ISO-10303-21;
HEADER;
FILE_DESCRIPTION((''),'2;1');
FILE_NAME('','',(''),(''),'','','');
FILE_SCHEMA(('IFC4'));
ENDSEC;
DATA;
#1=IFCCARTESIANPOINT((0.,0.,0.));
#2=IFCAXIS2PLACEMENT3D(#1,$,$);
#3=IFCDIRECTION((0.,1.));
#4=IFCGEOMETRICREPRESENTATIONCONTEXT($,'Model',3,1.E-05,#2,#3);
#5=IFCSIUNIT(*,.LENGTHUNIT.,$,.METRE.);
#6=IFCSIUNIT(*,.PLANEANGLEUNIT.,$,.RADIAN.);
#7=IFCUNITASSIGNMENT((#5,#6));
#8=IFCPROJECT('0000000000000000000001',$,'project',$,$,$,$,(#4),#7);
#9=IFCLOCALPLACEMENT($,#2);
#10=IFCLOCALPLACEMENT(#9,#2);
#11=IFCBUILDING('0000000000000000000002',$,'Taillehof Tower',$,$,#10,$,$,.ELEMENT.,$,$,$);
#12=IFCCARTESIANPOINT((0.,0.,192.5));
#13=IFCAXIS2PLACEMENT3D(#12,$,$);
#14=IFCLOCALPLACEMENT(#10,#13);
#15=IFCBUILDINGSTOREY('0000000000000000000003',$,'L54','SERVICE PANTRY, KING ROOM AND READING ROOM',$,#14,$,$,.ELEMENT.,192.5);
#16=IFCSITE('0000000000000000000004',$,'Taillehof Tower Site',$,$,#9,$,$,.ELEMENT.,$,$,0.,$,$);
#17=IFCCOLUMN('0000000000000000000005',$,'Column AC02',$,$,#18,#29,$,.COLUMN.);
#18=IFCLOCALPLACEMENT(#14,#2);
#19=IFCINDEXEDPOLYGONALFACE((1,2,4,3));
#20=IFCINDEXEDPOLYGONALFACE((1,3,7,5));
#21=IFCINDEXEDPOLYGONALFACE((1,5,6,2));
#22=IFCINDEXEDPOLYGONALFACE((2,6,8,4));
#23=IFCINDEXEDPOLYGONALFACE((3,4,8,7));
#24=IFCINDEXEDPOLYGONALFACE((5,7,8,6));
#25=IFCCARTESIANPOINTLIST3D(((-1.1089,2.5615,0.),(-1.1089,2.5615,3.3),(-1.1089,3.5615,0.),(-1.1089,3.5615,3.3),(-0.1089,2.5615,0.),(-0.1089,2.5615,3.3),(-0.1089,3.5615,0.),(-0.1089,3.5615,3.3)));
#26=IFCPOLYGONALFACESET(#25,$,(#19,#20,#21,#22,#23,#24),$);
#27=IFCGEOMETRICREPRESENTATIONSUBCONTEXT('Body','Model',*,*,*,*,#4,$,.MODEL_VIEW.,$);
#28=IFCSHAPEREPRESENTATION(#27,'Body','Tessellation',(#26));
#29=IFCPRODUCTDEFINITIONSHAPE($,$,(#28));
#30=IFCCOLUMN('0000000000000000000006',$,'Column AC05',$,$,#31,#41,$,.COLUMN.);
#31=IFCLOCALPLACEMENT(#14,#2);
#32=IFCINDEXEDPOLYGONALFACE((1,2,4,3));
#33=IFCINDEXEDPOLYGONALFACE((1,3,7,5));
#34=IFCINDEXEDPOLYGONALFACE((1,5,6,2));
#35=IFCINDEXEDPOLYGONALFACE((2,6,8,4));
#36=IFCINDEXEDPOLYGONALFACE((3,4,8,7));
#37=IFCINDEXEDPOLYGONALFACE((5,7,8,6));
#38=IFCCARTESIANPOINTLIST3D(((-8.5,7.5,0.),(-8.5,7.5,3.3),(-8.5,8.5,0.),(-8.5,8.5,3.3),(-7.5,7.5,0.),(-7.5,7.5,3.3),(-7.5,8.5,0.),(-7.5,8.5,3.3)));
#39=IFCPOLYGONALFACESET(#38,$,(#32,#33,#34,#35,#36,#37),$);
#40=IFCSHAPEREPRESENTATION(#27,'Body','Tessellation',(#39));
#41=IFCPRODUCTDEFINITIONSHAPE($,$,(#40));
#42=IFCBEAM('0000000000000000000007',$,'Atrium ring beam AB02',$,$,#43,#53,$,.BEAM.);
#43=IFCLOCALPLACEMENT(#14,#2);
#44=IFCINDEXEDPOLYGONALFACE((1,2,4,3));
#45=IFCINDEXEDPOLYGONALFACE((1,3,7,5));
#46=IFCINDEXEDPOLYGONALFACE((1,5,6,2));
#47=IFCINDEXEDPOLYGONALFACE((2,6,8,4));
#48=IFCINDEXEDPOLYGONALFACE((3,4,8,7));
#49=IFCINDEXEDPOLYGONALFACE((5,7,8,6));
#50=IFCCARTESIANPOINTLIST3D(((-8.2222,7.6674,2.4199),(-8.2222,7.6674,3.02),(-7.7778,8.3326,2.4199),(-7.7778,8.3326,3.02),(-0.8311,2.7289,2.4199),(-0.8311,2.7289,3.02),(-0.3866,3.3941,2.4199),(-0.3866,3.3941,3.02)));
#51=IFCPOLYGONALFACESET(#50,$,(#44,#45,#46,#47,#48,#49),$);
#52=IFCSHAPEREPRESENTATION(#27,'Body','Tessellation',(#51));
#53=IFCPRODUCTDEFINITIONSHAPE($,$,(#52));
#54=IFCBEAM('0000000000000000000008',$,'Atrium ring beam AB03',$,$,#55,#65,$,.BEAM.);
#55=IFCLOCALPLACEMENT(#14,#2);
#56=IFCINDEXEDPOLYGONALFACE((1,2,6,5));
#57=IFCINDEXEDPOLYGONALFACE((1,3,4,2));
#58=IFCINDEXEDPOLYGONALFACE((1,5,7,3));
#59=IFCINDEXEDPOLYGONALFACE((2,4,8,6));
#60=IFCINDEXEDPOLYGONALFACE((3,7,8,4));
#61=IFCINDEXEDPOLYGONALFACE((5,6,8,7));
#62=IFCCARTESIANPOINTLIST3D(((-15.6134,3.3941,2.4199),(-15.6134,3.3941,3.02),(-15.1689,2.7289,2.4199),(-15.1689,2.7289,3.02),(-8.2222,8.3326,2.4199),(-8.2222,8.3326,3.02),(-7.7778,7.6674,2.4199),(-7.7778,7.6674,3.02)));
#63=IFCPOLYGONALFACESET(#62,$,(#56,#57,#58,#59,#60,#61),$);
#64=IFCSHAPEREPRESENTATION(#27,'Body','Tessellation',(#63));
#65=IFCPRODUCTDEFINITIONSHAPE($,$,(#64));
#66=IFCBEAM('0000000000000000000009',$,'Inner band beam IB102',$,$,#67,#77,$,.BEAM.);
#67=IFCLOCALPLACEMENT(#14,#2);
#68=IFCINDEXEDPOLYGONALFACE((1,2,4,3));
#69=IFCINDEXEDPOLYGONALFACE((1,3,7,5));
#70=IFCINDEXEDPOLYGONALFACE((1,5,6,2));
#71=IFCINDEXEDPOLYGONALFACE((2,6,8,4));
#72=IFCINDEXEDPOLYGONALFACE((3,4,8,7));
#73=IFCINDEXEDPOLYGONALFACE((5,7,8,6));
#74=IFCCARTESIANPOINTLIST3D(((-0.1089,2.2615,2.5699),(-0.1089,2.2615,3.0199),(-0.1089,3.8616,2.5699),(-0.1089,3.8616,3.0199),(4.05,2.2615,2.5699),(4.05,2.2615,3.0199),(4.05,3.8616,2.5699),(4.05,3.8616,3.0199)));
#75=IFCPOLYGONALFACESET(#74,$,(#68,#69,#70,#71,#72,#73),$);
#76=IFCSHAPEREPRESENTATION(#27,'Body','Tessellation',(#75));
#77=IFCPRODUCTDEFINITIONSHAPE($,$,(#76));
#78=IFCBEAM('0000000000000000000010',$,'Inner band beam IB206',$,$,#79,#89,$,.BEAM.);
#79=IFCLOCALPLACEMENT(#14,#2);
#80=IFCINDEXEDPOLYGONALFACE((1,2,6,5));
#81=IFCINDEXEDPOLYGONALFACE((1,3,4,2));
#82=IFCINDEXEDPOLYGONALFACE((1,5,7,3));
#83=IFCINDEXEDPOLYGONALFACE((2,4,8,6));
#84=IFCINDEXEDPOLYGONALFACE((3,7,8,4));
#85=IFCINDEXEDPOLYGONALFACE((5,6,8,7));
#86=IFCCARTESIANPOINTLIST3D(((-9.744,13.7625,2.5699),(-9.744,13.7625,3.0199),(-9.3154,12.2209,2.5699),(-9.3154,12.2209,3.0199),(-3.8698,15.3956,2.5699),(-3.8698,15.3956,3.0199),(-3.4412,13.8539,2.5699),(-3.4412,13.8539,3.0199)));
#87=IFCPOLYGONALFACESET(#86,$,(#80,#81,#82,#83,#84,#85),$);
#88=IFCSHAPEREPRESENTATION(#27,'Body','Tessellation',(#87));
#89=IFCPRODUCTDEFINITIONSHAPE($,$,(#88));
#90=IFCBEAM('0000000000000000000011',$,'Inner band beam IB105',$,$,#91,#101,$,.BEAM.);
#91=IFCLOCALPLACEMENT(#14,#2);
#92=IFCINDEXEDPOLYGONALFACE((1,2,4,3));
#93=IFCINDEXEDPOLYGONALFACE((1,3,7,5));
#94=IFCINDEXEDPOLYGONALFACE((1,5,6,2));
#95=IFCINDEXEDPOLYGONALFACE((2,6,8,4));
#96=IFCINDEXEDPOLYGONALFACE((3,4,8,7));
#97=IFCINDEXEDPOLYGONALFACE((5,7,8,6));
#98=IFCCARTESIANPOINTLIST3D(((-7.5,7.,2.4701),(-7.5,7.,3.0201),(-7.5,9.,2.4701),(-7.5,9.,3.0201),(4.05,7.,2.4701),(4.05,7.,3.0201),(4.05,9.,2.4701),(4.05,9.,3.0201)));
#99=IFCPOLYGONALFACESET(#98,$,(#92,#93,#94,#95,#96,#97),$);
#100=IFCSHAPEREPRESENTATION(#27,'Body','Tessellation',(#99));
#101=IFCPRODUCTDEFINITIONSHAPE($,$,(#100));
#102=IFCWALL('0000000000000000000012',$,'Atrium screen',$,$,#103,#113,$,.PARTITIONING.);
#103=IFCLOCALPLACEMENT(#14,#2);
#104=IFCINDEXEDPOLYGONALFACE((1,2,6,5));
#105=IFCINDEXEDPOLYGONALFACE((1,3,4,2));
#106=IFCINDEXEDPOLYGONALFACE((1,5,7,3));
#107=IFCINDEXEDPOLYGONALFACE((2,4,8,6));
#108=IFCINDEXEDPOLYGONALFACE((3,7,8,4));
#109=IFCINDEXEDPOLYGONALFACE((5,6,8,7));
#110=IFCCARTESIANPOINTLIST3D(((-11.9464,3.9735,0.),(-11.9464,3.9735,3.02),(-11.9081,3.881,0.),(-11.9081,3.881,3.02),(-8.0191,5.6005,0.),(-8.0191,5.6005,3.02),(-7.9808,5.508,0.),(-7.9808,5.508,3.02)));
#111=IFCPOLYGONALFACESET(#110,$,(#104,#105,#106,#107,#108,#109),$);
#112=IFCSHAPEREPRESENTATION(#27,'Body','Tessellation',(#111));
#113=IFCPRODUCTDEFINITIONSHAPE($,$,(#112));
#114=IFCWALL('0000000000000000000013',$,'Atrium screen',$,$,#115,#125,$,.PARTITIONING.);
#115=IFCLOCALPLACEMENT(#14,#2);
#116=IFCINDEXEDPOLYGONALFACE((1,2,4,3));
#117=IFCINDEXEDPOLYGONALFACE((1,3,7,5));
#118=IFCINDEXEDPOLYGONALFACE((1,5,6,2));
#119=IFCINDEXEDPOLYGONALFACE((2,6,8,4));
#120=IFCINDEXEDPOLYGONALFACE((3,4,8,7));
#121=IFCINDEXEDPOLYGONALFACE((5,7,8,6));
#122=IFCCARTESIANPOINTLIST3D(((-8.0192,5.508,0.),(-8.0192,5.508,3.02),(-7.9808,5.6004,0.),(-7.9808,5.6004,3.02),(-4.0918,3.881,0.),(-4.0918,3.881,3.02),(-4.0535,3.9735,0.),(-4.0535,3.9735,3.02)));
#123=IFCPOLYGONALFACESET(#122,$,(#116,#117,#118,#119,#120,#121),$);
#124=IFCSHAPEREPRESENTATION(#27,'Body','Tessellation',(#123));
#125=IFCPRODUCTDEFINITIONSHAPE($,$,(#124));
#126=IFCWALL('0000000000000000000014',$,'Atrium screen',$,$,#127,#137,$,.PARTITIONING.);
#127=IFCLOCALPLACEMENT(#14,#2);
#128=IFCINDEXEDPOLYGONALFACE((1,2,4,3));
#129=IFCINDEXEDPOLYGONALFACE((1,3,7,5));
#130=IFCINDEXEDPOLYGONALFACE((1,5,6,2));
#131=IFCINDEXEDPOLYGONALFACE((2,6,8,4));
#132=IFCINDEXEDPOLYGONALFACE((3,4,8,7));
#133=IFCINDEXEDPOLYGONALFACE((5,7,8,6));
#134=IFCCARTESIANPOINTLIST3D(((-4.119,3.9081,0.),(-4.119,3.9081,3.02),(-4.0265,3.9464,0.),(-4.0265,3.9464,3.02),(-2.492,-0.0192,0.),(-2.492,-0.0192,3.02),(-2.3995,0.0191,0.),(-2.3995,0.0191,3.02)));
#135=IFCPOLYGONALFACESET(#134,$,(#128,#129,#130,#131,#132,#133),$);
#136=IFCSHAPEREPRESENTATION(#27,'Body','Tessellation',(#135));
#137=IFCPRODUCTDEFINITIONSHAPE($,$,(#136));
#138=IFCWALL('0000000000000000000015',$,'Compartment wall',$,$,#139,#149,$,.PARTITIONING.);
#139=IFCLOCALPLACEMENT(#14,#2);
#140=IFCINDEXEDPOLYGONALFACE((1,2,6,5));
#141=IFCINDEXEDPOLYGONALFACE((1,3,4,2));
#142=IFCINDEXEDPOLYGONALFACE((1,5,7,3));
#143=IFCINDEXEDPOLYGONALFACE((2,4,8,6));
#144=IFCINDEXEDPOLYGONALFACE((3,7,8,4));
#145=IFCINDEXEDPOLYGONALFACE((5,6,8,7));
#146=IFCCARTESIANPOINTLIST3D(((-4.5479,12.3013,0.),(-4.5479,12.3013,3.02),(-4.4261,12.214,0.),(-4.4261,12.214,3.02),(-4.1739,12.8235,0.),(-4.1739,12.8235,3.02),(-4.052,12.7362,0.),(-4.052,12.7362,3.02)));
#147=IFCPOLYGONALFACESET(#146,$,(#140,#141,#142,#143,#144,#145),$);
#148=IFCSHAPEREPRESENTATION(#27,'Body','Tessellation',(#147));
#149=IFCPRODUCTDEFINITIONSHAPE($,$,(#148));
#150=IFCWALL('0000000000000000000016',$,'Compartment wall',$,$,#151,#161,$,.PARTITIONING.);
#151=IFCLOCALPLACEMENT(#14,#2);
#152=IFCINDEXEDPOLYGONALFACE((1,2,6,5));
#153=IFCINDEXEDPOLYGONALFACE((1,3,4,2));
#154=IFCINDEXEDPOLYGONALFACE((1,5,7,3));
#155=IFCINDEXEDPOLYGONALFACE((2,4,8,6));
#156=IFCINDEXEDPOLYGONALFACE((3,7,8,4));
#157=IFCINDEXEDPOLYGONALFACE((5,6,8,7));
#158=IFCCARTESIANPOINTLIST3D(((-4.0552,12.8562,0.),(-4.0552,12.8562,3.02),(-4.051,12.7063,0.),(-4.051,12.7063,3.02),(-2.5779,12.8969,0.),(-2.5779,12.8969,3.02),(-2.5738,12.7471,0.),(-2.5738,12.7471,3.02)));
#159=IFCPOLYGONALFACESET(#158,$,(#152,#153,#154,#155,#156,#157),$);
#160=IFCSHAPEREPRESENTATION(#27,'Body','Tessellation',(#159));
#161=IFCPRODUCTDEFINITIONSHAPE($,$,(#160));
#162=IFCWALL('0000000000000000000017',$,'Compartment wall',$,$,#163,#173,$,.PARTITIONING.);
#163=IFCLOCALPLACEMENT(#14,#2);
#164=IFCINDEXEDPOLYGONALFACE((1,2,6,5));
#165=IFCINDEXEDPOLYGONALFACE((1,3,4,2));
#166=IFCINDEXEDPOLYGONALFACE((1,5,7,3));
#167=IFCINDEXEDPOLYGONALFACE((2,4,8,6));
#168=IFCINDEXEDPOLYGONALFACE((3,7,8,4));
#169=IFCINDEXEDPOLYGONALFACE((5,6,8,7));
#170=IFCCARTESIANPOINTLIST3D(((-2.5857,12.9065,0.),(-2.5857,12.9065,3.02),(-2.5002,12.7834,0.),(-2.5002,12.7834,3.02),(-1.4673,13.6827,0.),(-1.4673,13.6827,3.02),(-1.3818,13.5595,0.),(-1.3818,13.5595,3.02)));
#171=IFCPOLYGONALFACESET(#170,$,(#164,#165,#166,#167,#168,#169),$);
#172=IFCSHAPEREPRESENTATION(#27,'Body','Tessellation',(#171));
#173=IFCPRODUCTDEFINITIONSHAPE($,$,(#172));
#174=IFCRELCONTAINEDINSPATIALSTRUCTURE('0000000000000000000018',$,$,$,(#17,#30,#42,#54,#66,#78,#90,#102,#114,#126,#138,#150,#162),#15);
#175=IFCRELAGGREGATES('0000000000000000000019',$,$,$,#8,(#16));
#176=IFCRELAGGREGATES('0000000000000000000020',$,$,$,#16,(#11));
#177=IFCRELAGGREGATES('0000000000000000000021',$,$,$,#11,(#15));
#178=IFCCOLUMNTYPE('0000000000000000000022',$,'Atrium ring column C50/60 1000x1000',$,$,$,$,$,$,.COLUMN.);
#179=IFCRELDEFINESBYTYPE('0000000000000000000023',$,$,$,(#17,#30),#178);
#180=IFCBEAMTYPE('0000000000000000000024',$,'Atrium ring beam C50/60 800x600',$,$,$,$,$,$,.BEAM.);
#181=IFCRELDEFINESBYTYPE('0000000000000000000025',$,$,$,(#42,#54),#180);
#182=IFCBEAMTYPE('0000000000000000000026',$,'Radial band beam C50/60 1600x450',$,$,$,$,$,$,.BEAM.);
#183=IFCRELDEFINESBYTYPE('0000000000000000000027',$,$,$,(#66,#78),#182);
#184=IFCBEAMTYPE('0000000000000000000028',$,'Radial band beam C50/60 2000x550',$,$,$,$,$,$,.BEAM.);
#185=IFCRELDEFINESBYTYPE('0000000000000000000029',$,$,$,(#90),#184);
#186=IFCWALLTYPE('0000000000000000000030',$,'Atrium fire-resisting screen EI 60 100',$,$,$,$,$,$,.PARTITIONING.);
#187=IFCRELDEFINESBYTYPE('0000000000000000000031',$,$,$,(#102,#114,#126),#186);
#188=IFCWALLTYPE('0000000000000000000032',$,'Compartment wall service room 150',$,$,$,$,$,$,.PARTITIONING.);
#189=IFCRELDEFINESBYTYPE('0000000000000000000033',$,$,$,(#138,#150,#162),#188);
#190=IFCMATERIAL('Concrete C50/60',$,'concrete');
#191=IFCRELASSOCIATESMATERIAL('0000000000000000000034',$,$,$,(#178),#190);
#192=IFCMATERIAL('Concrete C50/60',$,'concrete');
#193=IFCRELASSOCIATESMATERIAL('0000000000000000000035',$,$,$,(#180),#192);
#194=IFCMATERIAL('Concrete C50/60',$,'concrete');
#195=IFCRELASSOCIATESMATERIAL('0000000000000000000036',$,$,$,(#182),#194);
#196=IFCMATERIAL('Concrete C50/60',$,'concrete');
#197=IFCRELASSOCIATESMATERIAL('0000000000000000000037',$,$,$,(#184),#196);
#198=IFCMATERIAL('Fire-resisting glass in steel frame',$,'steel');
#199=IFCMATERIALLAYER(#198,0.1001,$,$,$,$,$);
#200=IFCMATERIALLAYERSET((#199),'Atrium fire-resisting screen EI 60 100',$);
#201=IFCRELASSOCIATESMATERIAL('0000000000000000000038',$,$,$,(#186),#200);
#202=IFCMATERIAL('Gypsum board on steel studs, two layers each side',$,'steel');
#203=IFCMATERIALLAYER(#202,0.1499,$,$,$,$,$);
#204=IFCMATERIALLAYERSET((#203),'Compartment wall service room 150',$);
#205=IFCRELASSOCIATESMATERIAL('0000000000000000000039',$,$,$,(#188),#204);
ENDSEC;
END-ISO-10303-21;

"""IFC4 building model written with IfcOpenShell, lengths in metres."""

from ifc_helpers import new_model, si_unit, direction, frame, frame_2d, origin, origin_2d, place, context, subcontext, project, spatial, rectangle, extrude, material, layer, layer_set, material_profile, profile_set, type_object, element, save


model = new_model("IFC4")

# Units and contexts
model_context = context("Model", 3, precision=1e-05, world=origin(), true_north=direction((0.0, 1.0)))
body_context = subcontext(model_context, "Body", "Model", "MODEL_VIEW")
ifc_project = project(units=[si_unit("LENGTHUNIT", "METRE"), si_unit("PLANEANGLEUNIT", "RADIAN")], contexts=[model_context])

# Site, building, storey
site_placement = place(None, origin())
site = spatial("IfcSite", under=ifc_project, at=site_placement, Name="Taillehof Tower Site", CompositionType="ELEMENT", RefElevation=0.0)
building_placement = place(site_placement, origin())
building = spatial("IfcBuilding", under=site, at=building_placement, Name="Taillehof Tower", CompositionType="ELEMENT")
storey_placement = place(building_placement, frame((0.0, 0.0, 192.5)))
storey = spatial("IfcBuildingStorey", under=building, at=storey_placement, Name="L54", Description="SERVICE PANTRY, KING ROOM AND READING ROOM", CompositionType="ELEMENT", Elevation=192.5)

# Columns
ifc_material_1 = material(Name="Concrete C50/60", Category="concrete")
ifc_material_profile_1 = material_profile(ifc_material_1, rectangle(XDim=1.0, YDim=1.0, at=origin_2d()), Name="RC 1000x1000")
ifc_profile_set_1 = profile_set([ifc_material_profile_1], Name="Concrete C50/60")
column_type = type_object("IfcColumnType", Name="Atrium ring column C50/60 1000x1000", PredefinedType="COLUMN", material=ifc_profile_set_1)
for number, where, z_axis, x_axis, name in (
    (1, (-0.6089, 3.0615, 0.0), (0.0, 0.0, 1.0), (1.0, 0.0, 0.0), "Column AC02"),
    (2, (-8.0, 8.0, 0.0), (0.0, 0.0, 1.0), (1.0, 0.0, 0.0), "Column AC05"),
):
    element("IfcColumn", number, at=place(storey_placement, frame(where, z_axis=z_axis, x_axis=x_axis)), inside=storey, type_object=column_type, Name=name, PredefinedType="COLUMN", context=body_context, shape_type="SweptSolid", body=[
        extrude(rectangle(XDim=1.0, YDim=1.0, at=origin_2d()), origin(), (0.0, 0.0, 1.0), 3.3),
    ])

# Beams
ifc_material_2 = material(Name="Concrete C50/60", Category="concrete")
ifc_material_profile_2 = material_profile(ifc_material_2, rectangle(XDim=0.8, YDim=0.6001, at=origin_2d()), Name="RC 800x600")
ifc_profile_set_2 = profile_set([ifc_material_profile_2], Name="Concrete C50/60")
beam_type_1 = type_object("IfcBeamType", Name="Atrium ring beam C50/60 800x600", PredefinedType="BEAM", material=ifc_profile_set_2)
for number, where, z_axis, x_axis, name in (
    (3, (-0.6089, 3.0615, 2.72), (-0.831475, 0.555562, 0.0), (-0.555562, -0.831475, 0.0), "Atrium ring beam AB02"),
    (4, (-8.0, 8.0, 2.72), (-0.831475, -0.555562, 0.0), (0.555562, -0.831475, 0.0), "Atrium ring beam AB03"),
):
    element("IfcBeam", number, at=place(storey_placement, frame(where, z_axis=z_axis, x_axis=x_axis)), inside=storey, type_object=beam_type_1, Name=name, PredefinedType="BEAM", context=body_context, shape_type="SweptSolid", body=[
        extrude(rectangle(XDim=0.8, YDim=0.6001, at=origin_2d()), origin(), (0.0, 0.0, 1.0), 8.8892),
    ])
ifc_material_3 = material(Name="Concrete C50/60", Category="concrete")
ifc_material_profile_3 = material_profile(ifc_material_3, rectangle(XDim=1.6001, YDim=0.45, at=origin_2d()), Name="RC 1600x450")
ifc_profile_set_3 = profile_set([ifc_material_profile_3], Name="Concrete C50/60")
beam_type_2 = type_object("IfcBeamType", Name="Radial band beam C50/60 1600x450", PredefinedType="BEAM", material=ifc_profile_set_3)
beam_1_placement = place(storey_placement, frame((-0.1089, 3.0615, 2.7949), z_axis=(1.0, 0.0, 0.0), x_axis=(0.0, 1.0, 0.0)))
element("IfcBeam", 5, at=beam_1_placement, inside=storey, type_object=beam_type_2, Name="Inner band beam IB102", PredefinedType="BEAM", context=body_context, shape_type="SweptSolid", body=[
    extrude(rectangle(XDim=1.6001, YDim=0.45, at=origin_2d()), origin(), (0.0, 0.0, 1.0), 4.1589),
])
beam_2_placement = place(storey_placement, frame((-3.6555, 14.6248, 2.7949), z_axis=(-0.963459, -0.267855, 0.0), x_axis=(0.267855, -0.963459, 0.0)))
element("IfcBeam", 6, at=beam_2_placement, inside=storey, type_object=beam_type_2, Name="Inner band beam IB206", PredefinedType="BEAM", context=body_context, shape_type="SweptSolid", body=[
    extrude(rectangle(XDim=1.6001, YDim=0.45, at=origin_2d()), origin(), (0.0, 0.0, 1.0), 6.0969),
])
ifc_material_4 = material(Name="Concrete C50/60", Category="concrete")
ifc_material_profile_4 = material_profile(ifc_material_4, rectangle(XDim=2.0, YDim=0.55, at=origin_2d()), Name="RC 2000x550")
ifc_profile_set_4 = profile_set([ifc_material_profile_4], Name="Concrete C50/60")
beam_type_3 = type_object("IfcBeamType", Name="Radial band beam C50/60 2000x550", PredefinedType="BEAM", material=ifc_profile_set_4)
beam_3_placement = place(storey_placement, frame((-7.5, 8.0, 2.7451), z_axis=(1.0, 0.0, 0.0), x_axis=(0.0, 1.0, 0.0)))
element("IfcBeam", 7, at=beam_3_placement, inside=storey, type_object=beam_type_3, Name="Inner band beam IB105", PredefinedType="BEAM", context=body_context, shape_type="SweptSolid", body=[
    extrude(rectangle(XDim=2.0, YDim=0.55, at=origin_2d()), origin(), (0.0, 0.0, 1.0), 11.55),
])

# Walls
ifc_material_5 = material(Name="Fire-resisting glass in steel frame", Category="steel")
ifc_layer_1 = layer(ifc_material_5, 0.1001)
ifc_layer_set_1 = layer_set([ifc_layer_1], Name="Atrium fire-resisting screen EI 60 100")
wall_type_1 = type_object("IfcWallType", Name="Atrium fire-resisting screen EI 60 100", PredefinedType="PARTITIONING", material=ifc_layer_set_1)
for number, where, z_axis, x_axis, name in (
    (8, (-11.9272, 3.9272, 0.0), (0.0, 0.0, 1.0), (0.92386, 0.382731, 0.0), "Atrium screen"),
    (9, (-8.0, 5.5542, 0.0), (0.0, 0.0, 1.0), (0.92386, -0.382731, 0.0), "Atrium screen"),
    (10, (-4.0728, 3.9272, 0.0), (0.0, 0.0, 1.0), (0.382731, -0.92386, 0.0), "Atrium screen"),
):
    element("IfcWall", number, at=place(storey_placement, frame(where, z_axis=z_axis, x_axis=x_axis)), inside=storey, type_object=wall_type_1, Name=name, PredefinedType="PARTITIONING", context=body_context, shape_type="SweptSolid", body=[
        extrude(rectangle(XDim=4.251, YDim=0.1001, at=frame_2d((2.1255, 0.0))), origin(), (0.0, 0.0, 1.0), 3.02),
    ])
ifc_material_6 = material(Name="Gypsum board on steel studs, two layers each side", Category="steel")
ifc_layer_2 = layer(ifc_material_6, 0.1499)
ifc_layer_set_2 = layer_set([ifc_layer_2], Name="Compartment wall service room 150")
wall_type_2 = type_object("IfcWallType", Name="Compartment wall service room 150", PredefinedType="PARTITIONING", material=ifc_layer_set_2)
wall_1_placement = place(storey_placement, frame((-4.4871, 12.2576, 0.0), z_axis=(0.0, 0.0, 1.0), x_axis=(0.58228, 0.812988, 0.0)))
element("IfcWall", 11, at=wall_1_placement, inside=storey, type_object=wall_type_2, Name="Compartment wall", PredefinedType="PARTITIONING", context=body_context, shape_type="SweptSolid", body=[
    extrude(rectangle(XDim=0.6423, YDim=0.1499, at=frame_2d((0.3213, 0.0))), origin(), (0.0, 0.0, 1.0), 3.02),
])
wall_2_placement = place(storey_placement, frame((-4.053, 12.7812, 0.0), z_axis=(0.0, 0.0, 1.0), x_axis=(0.999619, 0.027588, 0.0)))
element("IfcWall", 12, at=wall_2_placement, inside=storey, type_object=wall_type_2, Name="Compartment wall", PredefinedType="PARTITIONING", context=body_context, shape_type="SweptSolid", body=[
    extrude(rectangle(XDim=1.4778, YDim=0.1499, at=frame_2d((0.7388, 0.0))), origin(), (0.0, 0.0, 1.0), 3.02),
])
wall_3_placement = place(storey_placement, frame((-2.543, 12.845, 0.0), z_axis=(0.0, 0.0, 1.0), x_axis=(0.821559, 0.570124, 0.0)))
element("IfcWall", 13, at=wall_3_placement, inside=storey, type_object=wall_type_2, Name="Compartment wall", PredefinedType="PARTITIONING", context=body_context, shape_type="SweptSolid", body=[
    extrude(rectangle(XDim=1.3613, YDim=0.1499, at=frame_2d((0.6807, 0.0))), origin(), (0.0, 0.0, 1.0), 3.02),
])

save(model, "model.ifc")
